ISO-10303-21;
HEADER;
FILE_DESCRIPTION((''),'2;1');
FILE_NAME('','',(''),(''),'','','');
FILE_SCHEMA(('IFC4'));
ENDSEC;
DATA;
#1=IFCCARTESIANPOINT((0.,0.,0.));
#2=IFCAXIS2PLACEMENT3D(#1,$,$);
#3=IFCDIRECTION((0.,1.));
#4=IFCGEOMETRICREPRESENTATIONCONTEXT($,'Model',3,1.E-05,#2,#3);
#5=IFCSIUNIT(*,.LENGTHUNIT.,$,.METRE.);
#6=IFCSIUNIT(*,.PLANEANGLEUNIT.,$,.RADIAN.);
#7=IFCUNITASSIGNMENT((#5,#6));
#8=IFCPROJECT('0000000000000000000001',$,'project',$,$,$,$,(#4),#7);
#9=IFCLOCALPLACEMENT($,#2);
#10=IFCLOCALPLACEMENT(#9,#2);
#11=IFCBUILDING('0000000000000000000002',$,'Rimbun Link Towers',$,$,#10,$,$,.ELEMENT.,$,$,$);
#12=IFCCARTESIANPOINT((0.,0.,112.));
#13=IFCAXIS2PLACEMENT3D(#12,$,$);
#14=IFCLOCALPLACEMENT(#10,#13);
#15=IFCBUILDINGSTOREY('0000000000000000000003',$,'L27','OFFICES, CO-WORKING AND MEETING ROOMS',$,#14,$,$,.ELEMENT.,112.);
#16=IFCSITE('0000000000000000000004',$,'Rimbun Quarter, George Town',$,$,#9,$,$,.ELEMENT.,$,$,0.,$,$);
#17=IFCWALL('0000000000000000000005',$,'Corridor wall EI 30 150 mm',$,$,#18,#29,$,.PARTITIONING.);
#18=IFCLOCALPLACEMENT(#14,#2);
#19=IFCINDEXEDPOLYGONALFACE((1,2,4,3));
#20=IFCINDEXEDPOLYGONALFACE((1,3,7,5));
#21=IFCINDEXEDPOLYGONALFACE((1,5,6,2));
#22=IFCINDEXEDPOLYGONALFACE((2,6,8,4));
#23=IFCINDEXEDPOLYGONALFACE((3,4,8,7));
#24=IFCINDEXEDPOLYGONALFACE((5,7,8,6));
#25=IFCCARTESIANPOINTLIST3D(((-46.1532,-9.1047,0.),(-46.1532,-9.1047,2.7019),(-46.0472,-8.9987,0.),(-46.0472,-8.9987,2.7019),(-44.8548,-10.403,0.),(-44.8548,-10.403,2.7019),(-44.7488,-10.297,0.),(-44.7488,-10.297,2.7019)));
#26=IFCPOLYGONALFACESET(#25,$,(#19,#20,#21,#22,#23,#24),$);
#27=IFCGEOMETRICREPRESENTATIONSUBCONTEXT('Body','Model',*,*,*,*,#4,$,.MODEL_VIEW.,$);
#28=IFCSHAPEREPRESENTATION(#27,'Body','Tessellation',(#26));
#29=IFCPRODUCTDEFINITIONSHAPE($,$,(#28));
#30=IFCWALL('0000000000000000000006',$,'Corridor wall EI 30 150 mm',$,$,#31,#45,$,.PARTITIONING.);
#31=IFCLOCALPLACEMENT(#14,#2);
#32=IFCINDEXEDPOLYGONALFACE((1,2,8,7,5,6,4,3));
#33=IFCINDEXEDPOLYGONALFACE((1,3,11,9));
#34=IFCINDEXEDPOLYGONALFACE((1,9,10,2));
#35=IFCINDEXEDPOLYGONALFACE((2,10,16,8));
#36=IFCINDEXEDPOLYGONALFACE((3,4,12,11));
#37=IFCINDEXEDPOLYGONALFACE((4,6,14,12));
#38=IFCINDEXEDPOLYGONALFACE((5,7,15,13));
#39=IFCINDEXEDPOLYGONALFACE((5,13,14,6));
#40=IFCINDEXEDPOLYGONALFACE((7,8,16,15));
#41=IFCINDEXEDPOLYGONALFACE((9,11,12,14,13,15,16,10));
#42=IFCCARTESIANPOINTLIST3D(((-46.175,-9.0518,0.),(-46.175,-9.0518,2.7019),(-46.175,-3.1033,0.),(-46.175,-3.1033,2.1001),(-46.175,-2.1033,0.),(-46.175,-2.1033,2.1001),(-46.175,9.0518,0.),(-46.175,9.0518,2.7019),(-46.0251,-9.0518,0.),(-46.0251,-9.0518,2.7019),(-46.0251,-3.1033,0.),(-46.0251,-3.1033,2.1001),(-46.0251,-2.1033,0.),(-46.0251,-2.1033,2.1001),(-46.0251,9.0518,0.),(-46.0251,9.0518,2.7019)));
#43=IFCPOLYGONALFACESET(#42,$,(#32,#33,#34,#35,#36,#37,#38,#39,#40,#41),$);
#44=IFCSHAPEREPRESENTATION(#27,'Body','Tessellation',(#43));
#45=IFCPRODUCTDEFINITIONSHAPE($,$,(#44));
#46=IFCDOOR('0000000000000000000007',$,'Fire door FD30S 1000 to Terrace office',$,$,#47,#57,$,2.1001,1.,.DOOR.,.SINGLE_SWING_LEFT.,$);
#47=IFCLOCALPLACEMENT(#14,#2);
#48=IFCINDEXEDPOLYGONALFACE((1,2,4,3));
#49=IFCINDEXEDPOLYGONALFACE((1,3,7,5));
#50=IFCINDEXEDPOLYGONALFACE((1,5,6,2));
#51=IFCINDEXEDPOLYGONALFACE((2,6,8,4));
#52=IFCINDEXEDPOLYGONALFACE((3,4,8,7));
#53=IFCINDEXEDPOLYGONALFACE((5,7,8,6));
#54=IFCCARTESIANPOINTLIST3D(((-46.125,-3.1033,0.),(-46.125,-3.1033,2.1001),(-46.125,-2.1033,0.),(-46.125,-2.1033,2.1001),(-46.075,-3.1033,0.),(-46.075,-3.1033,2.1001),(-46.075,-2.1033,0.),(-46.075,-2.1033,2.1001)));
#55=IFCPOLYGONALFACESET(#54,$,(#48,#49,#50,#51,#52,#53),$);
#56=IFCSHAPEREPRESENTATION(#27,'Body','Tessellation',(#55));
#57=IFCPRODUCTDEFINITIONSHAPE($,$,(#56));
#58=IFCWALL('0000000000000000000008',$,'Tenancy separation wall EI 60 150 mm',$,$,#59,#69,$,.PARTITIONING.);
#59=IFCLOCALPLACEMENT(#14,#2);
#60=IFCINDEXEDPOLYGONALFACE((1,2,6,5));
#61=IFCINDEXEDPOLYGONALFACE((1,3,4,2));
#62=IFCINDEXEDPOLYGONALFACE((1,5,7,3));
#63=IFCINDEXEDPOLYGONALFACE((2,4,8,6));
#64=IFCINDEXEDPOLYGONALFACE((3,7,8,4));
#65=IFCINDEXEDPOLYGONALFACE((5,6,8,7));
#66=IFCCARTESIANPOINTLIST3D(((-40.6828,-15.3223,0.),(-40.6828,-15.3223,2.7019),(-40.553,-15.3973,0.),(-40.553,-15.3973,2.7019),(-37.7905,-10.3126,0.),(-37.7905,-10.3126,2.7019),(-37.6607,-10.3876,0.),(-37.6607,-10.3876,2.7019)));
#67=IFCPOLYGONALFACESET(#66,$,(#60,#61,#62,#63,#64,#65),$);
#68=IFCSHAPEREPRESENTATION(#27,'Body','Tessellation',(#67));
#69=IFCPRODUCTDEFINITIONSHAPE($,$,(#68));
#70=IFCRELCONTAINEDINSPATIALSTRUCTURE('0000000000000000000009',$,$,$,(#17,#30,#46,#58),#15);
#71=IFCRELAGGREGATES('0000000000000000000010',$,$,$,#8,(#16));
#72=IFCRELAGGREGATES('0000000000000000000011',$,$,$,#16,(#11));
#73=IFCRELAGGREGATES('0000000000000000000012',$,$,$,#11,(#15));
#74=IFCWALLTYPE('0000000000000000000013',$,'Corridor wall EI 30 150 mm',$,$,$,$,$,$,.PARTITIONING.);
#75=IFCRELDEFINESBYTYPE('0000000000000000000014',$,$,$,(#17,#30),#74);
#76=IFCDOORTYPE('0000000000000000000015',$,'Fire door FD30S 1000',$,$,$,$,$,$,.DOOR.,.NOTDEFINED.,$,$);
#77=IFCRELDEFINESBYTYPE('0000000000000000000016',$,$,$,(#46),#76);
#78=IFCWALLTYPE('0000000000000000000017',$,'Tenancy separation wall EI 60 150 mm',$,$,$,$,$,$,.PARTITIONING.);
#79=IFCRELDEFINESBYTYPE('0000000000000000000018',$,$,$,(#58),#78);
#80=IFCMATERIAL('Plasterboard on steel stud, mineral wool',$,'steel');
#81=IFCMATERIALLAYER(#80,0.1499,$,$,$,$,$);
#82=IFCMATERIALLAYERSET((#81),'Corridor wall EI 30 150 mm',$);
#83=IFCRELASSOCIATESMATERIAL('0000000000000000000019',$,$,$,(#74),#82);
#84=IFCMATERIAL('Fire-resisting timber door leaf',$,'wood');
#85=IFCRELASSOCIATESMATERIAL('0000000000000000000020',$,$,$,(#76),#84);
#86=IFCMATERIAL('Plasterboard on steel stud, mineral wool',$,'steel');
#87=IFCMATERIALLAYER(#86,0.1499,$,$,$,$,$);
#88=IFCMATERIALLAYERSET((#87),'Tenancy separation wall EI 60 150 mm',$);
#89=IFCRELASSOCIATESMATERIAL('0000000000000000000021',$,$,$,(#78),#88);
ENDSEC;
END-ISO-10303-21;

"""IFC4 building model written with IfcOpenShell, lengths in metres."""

from ifc_helpers import new_model, si_unit, direction, frame, frame_2d, origin, place, context, subcontext, project, spatial, rectangle, extrude, material, layer, layer_set, type_object, element, fill, save


model = new_model("IFC4")

# Units and contexts
model_context = context("Model", 3, precision=1e-05, world=origin(), true_north=direction((0.0, 1.0)))
body_context = subcontext(model_context, "Body", "Model", "MODEL_VIEW")
ifc_project = project(units=[si_unit("LENGTHUNIT", "METRE"), si_unit("PLANEANGLEUNIT", "RADIAN")], contexts=[model_context])

# Site, building, storey
site_placement = place(None, origin())
site = spatial("IfcSite", under=ifc_project, at=site_placement, Name="Rimbun Quarter, George Town", CompositionType="ELEMENT", RefElevation=0.0)
building_placement = place(site_placement, origin())
building = spatial("IfcBuilding", under=site, at=building_placement, Name="Rimbun Link Towers", CompositionType="ELEMENT")
storey_placement = place(building_placement, frame((0.0, 0.0, 112.0)))
storey = spatial("IfcBuildingStorey", under=building, at=storey_placement, Name="L27", Description="OFFICES, CO-WORKING AND MEETING ROOMS", CompositionType="ELEMENT", Elevation=112.0)

# Wall
ifc_material_1 = material(Name="Plasterboard on steel stud, mineral wool", Category="steel")
ifc_layer_1 = layer(ifc_material_1, 0.1499)
ifc_layer_set_1 = layer_set([ifc_layer_1], Name="Corridor wall EI 30 150 mm")
wall_type_1 = type_object("IfcWallType", Name="Corridor wall EI 30 150 mm", PredefinedType="PARTITIONING", material=ifc_layer_set_1)
wall_1_placement = place(storey_placement, frame((-46.1001, -9.0518, 0.0), z_axis=(0.0, 0.0, 1.0), x_axis=(0.707107, -0.707107, 0.0)))
element("IfcWall", 1, at=wall_1_placement, inside=storey, type_object=wall_type_1, Name="Corridor wall EI 30 150 mm", PredefinedType="PARTITIONING", context=body_context, shape_type="SweptSolid", body=[
    extrude(rectangle(XDim=1.8362, YDim=0.1499, at=frame_2d((0.918, 0.0))), origin(), (0.0, 0.0, 1.0), 2.7019),
])

# Wall, opening, door
wall_2_placement = place(storey_placement, frame((-46.1001, -9.0518, 0.0), z_axis=(0.0, 0.0, 1.0), x_axis=(0.0, 1.0, 0.0)))
wall_2 = element("IfcWall", 2, at=wall_2_placement, inside=storey, type_object=wall_type_1, Name="Corridor wall EI 30 150 mm", PredefinedType="PARTITIONING", context=body_context, shape_type="SweptSolid", body=[
    extrude(rectangle(XDim=18.1035, YDim=0.1499, at=frame_2d((9.0518, 0.0))), origin(), (0.0, 0.0, 1.0), 2.7019),
])
opening_1_placement = place(wall_2_placement, frame((5.9485, 0.0, 0.0)))
opening_1 = element("IfcOpeningElement", 3, at=opening_1_placement, cuts=wall_2, PredefinedType="OPENING", context=body_context, shape_type="SweptSolid", body=[
    extrude(rectangle(XDim=1.0, YDim=2.1001, at=frame_2d((0.5, 1.05))), frame((0.0, 0.085, 0.0), z_axis=(0.0, -1.0, 0.0), x_axis=(1.0, 0.0, 0.0)), (0.0, 0.0, 1.0), 0.1699),
])
ifc_material_2 = material(Name="Fire-resisting timber door leaf", Category="wood")
door_type_1 = type_object("IfcDoorType", Name="Fire door FD30S 1000", OperationType="NOTDEFINED", PredefinedType="DOOR", material=ifc_material_2)
door_1_placement = place(opening_1_placement, origin())
door_1 = element("IfcDoor", 4, at=door_1_placement, inside=storey, type_object=door_type_1, Name="Fire door FD30S 1000 to Terrace office", OperationType="SINGLE_SWING_LEFT", OverallHeight=2.1001, OverallWidth=1.0, PredefinedType="DOOR", context=body_context, shape_type="SweptSolid", body=[
    extrude(rectangle(XDim=1.0, YDim=2.1001, at=frame_2d((0.5, 1.05))), frame((0.0, 0.0249, 0.0), z_axis=(0.0, -1.0, 0.0), x_axis=(1.0, 0.0, 0.0)), (0.0, 0.0, 1.0), 0.05),
])
fill(opening_1, door_1)

# Wall
ifc_material_3 = material(Name="Plasterboard on steel stud, mineral wool", Category="steel")
ifc_layer_2 = layer(ifc_material_3, 0.1499)
ifc_layer_set_2 = layer_set([ifc_layer_2], Name="Tenancy separation wall EI 60 150 mm")
wall_type_2 = type_object("IfcWallType", Name="Tenancy separation wall EI 60 150 mm", PredefinedType="PARTITIONING", material=ifc_layer_set_2)
wall_3_placement = place(storey_placement, frame((-37.7256, -10.3501, 0.0), z_axis=(0.0, 0.0, 1.0), x_axis=(-0.499993, -0.86603, 0.0)))
element("IfcWall", 5, at=wall_3_placement, inside=storey, type_object=wall_type_2, Name="Tenancy separation wall EI 60 150 mm", PredefinedType="PARTITIONING", context=body_context, shape_type="SweptSolid", body=[
    extrude(rectangle(XDim=5.7847, YDim=0.1499, at=frame_2d((2.8923, 0.0))), origin(), (0.0, 0.0, 1.0), 2.7019),
])

save(model, "model.ifc")
